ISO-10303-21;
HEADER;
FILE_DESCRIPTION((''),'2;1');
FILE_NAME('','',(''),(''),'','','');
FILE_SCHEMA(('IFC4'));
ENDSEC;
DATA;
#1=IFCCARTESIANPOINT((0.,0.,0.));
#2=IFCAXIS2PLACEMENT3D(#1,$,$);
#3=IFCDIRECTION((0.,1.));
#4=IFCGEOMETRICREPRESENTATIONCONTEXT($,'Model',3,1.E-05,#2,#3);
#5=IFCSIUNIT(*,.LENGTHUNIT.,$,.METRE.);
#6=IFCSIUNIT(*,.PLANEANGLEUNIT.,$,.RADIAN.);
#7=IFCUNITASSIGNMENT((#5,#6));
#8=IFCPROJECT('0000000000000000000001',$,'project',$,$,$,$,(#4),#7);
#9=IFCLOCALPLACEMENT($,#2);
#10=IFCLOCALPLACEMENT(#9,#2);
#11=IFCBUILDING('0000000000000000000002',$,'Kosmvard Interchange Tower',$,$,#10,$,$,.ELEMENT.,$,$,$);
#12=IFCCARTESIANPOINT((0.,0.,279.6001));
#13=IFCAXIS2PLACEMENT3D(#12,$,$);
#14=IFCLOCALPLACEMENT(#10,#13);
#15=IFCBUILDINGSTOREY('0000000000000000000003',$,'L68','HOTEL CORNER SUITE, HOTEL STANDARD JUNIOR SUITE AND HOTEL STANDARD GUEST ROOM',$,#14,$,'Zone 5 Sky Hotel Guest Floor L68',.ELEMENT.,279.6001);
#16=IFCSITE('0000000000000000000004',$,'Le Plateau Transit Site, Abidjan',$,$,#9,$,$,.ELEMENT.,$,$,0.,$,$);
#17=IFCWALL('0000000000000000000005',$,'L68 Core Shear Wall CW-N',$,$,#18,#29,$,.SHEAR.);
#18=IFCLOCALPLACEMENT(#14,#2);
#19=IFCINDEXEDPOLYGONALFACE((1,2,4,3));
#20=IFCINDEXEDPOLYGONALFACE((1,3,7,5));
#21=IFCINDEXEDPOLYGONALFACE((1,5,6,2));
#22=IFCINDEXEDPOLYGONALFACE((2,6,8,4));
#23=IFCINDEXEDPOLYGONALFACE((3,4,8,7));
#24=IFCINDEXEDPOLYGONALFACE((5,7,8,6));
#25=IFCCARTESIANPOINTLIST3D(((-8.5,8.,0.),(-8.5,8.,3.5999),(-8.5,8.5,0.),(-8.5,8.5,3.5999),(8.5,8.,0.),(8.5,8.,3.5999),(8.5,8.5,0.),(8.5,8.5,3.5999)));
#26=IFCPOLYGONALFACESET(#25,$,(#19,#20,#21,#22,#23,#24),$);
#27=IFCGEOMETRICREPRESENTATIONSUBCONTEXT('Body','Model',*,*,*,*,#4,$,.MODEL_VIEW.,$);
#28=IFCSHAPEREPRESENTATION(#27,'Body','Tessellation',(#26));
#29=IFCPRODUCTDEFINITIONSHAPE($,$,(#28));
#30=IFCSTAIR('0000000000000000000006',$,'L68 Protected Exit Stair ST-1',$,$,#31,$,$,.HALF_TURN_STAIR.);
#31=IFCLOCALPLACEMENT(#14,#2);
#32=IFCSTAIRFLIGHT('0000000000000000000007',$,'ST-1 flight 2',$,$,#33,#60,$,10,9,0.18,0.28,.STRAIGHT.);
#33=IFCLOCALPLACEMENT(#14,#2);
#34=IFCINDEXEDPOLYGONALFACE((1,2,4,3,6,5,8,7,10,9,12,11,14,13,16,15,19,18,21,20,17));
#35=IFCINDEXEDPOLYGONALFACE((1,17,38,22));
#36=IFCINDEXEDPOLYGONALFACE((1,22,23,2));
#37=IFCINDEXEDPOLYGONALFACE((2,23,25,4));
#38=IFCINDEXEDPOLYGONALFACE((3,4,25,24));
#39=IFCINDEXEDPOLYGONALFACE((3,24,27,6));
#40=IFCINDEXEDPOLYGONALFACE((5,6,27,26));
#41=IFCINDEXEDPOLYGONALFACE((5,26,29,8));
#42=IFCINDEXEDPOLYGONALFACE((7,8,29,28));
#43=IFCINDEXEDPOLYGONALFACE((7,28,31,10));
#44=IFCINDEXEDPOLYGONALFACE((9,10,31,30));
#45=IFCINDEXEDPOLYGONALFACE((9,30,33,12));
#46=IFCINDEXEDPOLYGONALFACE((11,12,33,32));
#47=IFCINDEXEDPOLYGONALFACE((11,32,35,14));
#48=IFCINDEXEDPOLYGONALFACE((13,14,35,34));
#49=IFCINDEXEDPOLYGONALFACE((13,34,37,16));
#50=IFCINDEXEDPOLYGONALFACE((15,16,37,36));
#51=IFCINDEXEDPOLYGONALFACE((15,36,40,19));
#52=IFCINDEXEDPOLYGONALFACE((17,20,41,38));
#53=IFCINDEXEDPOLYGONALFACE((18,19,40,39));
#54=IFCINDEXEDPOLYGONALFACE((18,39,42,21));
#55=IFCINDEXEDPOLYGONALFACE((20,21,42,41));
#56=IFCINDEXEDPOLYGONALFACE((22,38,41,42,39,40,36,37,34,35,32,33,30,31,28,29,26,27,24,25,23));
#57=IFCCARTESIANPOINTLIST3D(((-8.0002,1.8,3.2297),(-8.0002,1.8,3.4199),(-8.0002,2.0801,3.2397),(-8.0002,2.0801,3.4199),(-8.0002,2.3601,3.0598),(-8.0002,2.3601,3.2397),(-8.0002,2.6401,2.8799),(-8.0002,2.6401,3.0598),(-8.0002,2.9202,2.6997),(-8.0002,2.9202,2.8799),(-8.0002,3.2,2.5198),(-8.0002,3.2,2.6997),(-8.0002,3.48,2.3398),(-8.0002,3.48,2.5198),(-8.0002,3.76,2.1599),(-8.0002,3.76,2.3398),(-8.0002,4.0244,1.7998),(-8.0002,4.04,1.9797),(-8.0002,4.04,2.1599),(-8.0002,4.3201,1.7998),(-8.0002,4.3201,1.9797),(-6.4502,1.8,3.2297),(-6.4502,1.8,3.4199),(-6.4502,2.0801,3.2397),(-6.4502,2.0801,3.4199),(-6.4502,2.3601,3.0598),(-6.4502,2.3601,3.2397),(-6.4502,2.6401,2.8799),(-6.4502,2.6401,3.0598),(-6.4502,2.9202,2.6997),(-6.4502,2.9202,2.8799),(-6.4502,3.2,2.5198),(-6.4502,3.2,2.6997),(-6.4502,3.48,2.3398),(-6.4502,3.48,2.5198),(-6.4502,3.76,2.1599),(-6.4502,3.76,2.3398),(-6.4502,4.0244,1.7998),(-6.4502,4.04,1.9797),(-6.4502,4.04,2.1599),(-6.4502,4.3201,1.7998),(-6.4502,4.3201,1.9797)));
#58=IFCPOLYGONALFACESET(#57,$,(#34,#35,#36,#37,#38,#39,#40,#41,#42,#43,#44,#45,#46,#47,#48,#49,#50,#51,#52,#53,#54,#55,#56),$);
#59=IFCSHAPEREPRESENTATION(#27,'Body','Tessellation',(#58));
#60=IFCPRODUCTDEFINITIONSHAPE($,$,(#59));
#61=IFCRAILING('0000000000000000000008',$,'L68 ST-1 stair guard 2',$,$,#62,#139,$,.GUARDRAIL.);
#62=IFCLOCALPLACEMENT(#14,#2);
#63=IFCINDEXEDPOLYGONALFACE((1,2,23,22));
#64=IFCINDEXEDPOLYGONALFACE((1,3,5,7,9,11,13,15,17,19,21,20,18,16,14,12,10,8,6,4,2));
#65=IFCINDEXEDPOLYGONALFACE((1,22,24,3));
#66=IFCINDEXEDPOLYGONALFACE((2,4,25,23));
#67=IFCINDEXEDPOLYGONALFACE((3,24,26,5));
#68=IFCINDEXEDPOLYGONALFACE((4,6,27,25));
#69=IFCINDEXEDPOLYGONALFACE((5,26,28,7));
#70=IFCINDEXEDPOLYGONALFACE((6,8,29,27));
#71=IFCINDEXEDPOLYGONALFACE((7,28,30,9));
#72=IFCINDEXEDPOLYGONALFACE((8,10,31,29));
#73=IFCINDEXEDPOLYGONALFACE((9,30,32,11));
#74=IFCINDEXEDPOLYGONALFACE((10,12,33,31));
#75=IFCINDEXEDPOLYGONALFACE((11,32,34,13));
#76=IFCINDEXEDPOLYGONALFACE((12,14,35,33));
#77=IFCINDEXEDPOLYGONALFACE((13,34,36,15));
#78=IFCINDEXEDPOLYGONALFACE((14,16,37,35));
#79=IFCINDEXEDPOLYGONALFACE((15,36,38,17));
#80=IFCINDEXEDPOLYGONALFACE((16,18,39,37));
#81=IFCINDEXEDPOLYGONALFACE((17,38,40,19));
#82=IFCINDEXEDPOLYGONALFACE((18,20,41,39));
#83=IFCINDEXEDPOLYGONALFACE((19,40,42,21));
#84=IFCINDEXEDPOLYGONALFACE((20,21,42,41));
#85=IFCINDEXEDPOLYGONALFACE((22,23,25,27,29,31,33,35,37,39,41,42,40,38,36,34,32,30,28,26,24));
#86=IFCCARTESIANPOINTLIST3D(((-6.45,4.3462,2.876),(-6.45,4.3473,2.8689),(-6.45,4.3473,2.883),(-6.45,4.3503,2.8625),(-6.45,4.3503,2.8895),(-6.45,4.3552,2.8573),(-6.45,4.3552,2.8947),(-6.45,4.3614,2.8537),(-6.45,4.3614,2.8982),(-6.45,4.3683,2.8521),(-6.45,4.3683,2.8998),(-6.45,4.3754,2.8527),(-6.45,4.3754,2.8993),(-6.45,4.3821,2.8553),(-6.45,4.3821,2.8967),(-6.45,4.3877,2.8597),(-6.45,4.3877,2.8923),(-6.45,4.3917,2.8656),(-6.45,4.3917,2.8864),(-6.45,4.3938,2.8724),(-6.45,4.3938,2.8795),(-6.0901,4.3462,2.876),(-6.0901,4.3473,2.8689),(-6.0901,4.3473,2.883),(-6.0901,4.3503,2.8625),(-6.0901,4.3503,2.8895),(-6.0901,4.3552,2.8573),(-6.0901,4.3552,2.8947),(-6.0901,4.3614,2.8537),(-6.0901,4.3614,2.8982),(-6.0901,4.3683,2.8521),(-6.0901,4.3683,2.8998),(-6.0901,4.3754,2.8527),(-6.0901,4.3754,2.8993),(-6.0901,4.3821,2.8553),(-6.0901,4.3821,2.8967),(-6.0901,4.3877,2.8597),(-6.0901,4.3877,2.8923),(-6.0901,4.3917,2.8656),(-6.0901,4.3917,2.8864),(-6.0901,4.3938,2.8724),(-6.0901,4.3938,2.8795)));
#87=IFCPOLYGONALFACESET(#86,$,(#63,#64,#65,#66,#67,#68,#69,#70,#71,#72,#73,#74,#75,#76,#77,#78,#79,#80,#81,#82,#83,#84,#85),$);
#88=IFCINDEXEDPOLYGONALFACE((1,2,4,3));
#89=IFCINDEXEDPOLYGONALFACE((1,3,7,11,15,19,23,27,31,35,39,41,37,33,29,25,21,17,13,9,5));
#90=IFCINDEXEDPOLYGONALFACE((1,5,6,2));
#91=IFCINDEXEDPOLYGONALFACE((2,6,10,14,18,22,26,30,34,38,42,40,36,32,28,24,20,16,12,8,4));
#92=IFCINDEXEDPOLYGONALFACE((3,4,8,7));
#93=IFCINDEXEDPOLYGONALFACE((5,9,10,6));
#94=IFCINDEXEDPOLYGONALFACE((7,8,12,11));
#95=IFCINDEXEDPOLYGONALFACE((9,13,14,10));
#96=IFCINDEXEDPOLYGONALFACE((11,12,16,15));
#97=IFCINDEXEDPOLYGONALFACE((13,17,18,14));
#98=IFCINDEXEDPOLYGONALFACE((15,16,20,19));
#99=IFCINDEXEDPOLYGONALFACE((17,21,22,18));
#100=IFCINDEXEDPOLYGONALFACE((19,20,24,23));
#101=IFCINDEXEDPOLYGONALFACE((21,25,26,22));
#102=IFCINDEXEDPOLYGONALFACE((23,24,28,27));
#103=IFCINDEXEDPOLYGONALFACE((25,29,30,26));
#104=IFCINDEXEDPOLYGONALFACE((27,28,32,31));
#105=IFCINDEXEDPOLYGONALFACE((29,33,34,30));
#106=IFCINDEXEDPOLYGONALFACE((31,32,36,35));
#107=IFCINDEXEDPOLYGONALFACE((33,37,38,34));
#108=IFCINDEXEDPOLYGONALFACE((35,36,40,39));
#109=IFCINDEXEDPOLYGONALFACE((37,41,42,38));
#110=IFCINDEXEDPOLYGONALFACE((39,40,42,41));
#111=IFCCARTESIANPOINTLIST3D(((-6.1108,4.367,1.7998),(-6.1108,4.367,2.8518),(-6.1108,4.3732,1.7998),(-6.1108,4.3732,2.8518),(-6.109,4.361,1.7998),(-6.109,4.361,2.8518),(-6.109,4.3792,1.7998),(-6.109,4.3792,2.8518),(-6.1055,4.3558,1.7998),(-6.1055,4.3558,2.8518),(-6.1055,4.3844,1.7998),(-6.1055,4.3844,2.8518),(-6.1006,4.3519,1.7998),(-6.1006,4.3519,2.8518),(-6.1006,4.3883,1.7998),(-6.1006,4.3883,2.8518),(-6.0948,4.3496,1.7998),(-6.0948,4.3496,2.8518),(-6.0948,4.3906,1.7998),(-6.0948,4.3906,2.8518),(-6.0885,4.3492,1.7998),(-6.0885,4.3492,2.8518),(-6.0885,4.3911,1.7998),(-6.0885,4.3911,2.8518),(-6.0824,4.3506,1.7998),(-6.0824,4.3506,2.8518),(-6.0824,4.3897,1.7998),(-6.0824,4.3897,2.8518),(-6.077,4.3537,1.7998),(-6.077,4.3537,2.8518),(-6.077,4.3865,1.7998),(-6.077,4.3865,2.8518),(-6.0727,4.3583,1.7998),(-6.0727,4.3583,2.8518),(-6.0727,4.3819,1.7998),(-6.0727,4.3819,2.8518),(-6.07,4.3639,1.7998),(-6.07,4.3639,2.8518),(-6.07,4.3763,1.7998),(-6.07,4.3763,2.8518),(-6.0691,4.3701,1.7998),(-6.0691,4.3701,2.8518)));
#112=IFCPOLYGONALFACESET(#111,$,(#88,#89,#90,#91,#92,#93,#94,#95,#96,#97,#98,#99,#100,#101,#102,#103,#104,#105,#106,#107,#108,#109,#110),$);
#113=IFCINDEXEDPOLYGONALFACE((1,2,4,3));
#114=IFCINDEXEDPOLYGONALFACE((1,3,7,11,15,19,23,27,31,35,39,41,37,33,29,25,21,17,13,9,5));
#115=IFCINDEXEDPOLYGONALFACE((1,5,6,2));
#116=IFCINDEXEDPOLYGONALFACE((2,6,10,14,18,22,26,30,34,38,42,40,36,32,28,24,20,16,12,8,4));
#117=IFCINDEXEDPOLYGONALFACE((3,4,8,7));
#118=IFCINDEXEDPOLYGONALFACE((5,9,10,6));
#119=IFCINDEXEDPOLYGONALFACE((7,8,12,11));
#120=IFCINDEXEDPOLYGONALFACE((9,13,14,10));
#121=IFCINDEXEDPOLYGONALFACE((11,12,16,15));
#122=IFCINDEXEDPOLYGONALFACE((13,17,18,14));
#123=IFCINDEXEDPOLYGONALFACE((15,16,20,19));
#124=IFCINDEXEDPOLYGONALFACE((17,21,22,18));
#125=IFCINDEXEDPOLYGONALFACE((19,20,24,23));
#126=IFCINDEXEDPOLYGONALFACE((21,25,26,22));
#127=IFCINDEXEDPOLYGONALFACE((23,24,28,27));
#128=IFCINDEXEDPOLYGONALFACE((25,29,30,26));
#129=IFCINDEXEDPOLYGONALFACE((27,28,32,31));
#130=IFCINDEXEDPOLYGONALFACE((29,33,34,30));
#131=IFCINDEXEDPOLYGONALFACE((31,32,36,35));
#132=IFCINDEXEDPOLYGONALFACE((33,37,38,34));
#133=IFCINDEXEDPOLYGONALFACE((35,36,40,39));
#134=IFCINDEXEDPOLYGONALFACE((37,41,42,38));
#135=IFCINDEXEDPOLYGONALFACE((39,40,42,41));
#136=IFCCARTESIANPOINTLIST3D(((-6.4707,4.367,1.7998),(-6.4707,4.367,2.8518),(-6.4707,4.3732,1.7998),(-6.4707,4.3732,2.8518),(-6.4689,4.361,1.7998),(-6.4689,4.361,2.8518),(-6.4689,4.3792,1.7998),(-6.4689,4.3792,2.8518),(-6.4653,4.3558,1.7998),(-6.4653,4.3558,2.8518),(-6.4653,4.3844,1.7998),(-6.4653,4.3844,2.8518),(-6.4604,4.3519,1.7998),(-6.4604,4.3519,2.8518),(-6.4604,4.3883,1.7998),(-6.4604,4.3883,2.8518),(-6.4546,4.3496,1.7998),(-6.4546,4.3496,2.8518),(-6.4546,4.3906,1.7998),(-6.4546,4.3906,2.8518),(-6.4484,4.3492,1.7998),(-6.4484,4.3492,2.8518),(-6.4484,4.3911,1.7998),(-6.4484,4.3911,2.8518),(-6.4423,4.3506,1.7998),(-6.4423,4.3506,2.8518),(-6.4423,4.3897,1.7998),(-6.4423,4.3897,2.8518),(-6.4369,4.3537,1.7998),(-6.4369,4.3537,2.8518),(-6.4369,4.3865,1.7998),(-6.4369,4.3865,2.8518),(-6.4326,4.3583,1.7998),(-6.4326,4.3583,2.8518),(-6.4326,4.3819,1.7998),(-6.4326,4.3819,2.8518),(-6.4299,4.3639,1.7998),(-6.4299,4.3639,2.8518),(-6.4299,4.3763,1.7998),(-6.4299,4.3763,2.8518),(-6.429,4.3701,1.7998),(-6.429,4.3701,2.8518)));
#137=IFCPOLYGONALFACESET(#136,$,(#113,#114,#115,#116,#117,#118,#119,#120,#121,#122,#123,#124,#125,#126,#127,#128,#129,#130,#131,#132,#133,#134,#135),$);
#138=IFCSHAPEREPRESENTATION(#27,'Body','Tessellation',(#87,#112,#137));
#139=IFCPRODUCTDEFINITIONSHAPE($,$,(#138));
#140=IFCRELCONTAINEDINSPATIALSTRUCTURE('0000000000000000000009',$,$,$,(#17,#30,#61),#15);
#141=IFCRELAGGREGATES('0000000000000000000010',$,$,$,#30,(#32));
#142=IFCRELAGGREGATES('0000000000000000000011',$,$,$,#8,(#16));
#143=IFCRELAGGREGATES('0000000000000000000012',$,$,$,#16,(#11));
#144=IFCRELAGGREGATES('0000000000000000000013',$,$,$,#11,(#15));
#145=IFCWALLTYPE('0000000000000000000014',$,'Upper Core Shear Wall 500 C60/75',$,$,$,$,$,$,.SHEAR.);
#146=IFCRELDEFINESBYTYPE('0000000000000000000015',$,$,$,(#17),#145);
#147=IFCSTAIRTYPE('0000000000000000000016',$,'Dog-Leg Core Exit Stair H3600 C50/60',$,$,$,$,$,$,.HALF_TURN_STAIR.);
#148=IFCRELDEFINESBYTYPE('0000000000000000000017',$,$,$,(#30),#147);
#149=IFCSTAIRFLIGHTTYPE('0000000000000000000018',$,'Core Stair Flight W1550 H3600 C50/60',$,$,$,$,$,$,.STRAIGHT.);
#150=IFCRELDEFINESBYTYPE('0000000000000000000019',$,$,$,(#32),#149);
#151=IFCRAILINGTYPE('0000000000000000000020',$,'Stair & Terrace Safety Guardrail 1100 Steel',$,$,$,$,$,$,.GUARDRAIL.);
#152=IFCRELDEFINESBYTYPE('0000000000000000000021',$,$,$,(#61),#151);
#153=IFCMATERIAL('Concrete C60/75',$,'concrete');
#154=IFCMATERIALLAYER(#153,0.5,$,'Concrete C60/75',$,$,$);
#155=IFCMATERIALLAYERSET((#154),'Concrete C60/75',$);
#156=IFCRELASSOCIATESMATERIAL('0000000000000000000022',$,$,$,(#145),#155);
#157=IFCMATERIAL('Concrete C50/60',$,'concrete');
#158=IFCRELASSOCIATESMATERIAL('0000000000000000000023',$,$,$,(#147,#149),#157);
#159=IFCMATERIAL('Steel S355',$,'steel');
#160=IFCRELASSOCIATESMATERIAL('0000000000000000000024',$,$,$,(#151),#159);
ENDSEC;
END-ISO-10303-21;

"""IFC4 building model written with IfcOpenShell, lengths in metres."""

from ifc_helpers import new_model, si_unit, direction, frame, frame_2d, origin, origin_2d, place, context, subcontext, project, spatial, polyline, rectangle, circle, outline, extrude, source, transform, mapped, material, layer, layer_set, type_object, element, aggregate, save


model = new_model("IFC4")

# Units and contexts
model_context = context("Model", 3, precision=1e-05, world=origin(), true_north=direction((0.0, 1.0)))
body_context = subcontext(model_context, "Body", "Model", "MODEL_VIEW")
ifc_project = project(units=[si_unit("LENGTHUNIT", "METRE"), si_unit("PLANEANGLEUNIT", "RADIAN")], contexts=[model_context])

# Site, building, storey
site_placement = place(None, origin())
site = spatial("IfcSite", under=ifc_project, at=site_placement, Name="Le Plateau Transit Site, Abidjan", CompositionType="ELEMENT", RefElevation=0.0)
building_placement = place(site_placement, origin())
building = spatial("IfcBuilding", under=site, at=building_placement, Name="Kosmvard Interchange Tower", CompositionType="ELEMENT")
storey_placement = place(building_placement, frame((0.0, 0.0, 279.6001)))
storey = spatial("IfcBuildingStorey", under=building, at=storey_placement, Name="L68", Description="HOTEL CORNER SUITE, HOTEL STANDARD JUNIOR SUITE AND HOTEL STANDARD GUEST ROOM", LongName="Zone 5 Sky Hotel Guest Floor L68", CompositionType="ELEMENT", Elevation=279.6001)

# Shared definitions
ifc_material_1 = material(Name="Concrete C50/60", Category="concrete")

# Shared definitions
ifc_material_2 = material(Name="Steel S355", Category="steel")

# Wall
ifc_material_3 = material(Name="Concrete C60/75", Category="concrete")
ifc_layer_1 = layer(ifc_material_3, 0.5, Name="Concrete C60/75")
ifc_layer_set_1 = layer_set([ifc_layer_1], Name="Concrete C60/75")
wall_type_1 = type_object("IfcWallType", Name="Upper Core Shear Wall 500 C60/75", PredefinedType="SHEAR", material=ifc_layer_set_1)
wall_1_placement = place(storey_placement, frame((-8.5, 8.25, 0.0), z_axis=(0.0, 0.0, 1.0), x_axis=(1.0, 0.0, 0.0)))
element("IfcWall", 1, at=wall_1_placement, inside=storey, type_object=wall_type_1, Name="L68 Core Shear Wall CW-N", PredefinedType="SHEAR", context=body_context, shape_type="SweptSolid", body=[
    extrude(rectangle(XDim=17.0, YDim=0.5, at=frame_2d((8.5, 0.0))), origin(), (0.0, 0.0, 1.0), 3.5999),
])

# Stair, stair flight
stair_type = type_object("IfcStairType", Name="Dog-Leg Core Exit Stair H3600 C50/60", PredefinedType="HALF_TURN_STAIR", material=ifc_material_1)
stair_placement = place(storey_placement, origin())
stair = element("IfcStair", 2, at=stair_placement, inside=storey, type_object=stair_type, Name="L68 Protected Exit Stair ST-1", PredefinedType="HALF_TURN_STAIR")
stair_flight_type = type_object("IfcStairFlightType", Name="Core Stair Flight W1550 H3600 C50/60", PredefinedType="STRAIGHT", material=ifc_material_1)
shared_shape_1 = source(origin(), body_context, "Body", "SweptSolid", [
    extrude(outline(polyline([(0.0, 0.0), (0.0, 0.1799), (0.28, 0.1799), (0.28, 0.3601), (0.5601, 0.3601), (0.5601, 0.54), (0.8401, 0.54), (0.8401, 0.72), (1.1201, 0.72), (1.1201, 0.8999), (1.3999, 0.8999), (1.3999, 1.0801), (1.6799, 1.0801), (1.6799, 1.26), (1.96, 1.26), (1.96, 1.4399), (2.24, 1.4399), (2.24, 1.6201), (2.52, 1.6201), (2.52, 1.8), (2.52, 1.4299), (0.2957, 0.0), (0.0, 0.0)])), frame((0.0, 0.7749, 0.0), z_axis=(0.0, -1.0, 0.0), x_axis=(1.0, 0.0, 0.0)), (0.0, 0.0, 1.0), 1.55),
])
stair_flight_placement = place(storey_placement, frame((-7.2251, 4.3201, 1.7998), z_axis=(0.0, 0.0, 1.0), x_axis=(0.0, -1.0, 0.0)))
stair_flight = element("IfcStairFlight", 3, at=stair_flight_placement, type_object=stair_flight_type, Name="ST-1 flight 2", NumberOfRisers=10, NumberOfTreads=9, PredefinedType="STRAIGHT", RiserHeight=0.18, TreadLength=0.28, context=body_context, shape_type="MappedRepresentation", body=[
    mapped(shared_shape_1, transform((0.0, 0.0, 0.0), scale=1.0)),
])
aggregate(stair, [stair_flight])

# Railing
railing_type_1 = type_object("IfcRailingType", Name="Stair & Terrace Safety Guardrail 1100 Steel", PredefinedType="GUARDRAIL", material=ifc_material_2)
shared_shape_2 = source(origin(), body_context, "Body", "SweptSolid", [
    extrude(circle(Radius=0.0239, at=origin_2d()), frame((0.0, 0.0, 1.0762), z_axis=(-1.0, 0.0, 0.0), x_axis=(0.0, -1.0, 0.0)), (0.0, 0.0, 1.0), 0.3599),
    extrude(circle(Radius=0.021, at=origin_2d()), origin(), (0.0, 0.0, 1.0), 1.052),
    extrude(circle(Radius=0.021, at=origin_2d()), frame((-0.3599, 0.0, 0.0)), (0.0, 0.0, 1.0), 1.052),
])
railing_1_placement = place(storey_placement, frame((-6.0901, 4.3701, 1.7998)))
element("IfcRailing", 4, at=railing_1_placement, inside=storey, type_object=railing_type_1, Name="L68 ST-1 stair guard 2", PredefinedType="GUARDRAIL", context=body_context, shape_type="MappedRepresentation", body=[
    mapped(shared_shape_2, transform((0.0, 0.0, 0.0), scale=1.0)),
])

save(model, "model.ifc")
